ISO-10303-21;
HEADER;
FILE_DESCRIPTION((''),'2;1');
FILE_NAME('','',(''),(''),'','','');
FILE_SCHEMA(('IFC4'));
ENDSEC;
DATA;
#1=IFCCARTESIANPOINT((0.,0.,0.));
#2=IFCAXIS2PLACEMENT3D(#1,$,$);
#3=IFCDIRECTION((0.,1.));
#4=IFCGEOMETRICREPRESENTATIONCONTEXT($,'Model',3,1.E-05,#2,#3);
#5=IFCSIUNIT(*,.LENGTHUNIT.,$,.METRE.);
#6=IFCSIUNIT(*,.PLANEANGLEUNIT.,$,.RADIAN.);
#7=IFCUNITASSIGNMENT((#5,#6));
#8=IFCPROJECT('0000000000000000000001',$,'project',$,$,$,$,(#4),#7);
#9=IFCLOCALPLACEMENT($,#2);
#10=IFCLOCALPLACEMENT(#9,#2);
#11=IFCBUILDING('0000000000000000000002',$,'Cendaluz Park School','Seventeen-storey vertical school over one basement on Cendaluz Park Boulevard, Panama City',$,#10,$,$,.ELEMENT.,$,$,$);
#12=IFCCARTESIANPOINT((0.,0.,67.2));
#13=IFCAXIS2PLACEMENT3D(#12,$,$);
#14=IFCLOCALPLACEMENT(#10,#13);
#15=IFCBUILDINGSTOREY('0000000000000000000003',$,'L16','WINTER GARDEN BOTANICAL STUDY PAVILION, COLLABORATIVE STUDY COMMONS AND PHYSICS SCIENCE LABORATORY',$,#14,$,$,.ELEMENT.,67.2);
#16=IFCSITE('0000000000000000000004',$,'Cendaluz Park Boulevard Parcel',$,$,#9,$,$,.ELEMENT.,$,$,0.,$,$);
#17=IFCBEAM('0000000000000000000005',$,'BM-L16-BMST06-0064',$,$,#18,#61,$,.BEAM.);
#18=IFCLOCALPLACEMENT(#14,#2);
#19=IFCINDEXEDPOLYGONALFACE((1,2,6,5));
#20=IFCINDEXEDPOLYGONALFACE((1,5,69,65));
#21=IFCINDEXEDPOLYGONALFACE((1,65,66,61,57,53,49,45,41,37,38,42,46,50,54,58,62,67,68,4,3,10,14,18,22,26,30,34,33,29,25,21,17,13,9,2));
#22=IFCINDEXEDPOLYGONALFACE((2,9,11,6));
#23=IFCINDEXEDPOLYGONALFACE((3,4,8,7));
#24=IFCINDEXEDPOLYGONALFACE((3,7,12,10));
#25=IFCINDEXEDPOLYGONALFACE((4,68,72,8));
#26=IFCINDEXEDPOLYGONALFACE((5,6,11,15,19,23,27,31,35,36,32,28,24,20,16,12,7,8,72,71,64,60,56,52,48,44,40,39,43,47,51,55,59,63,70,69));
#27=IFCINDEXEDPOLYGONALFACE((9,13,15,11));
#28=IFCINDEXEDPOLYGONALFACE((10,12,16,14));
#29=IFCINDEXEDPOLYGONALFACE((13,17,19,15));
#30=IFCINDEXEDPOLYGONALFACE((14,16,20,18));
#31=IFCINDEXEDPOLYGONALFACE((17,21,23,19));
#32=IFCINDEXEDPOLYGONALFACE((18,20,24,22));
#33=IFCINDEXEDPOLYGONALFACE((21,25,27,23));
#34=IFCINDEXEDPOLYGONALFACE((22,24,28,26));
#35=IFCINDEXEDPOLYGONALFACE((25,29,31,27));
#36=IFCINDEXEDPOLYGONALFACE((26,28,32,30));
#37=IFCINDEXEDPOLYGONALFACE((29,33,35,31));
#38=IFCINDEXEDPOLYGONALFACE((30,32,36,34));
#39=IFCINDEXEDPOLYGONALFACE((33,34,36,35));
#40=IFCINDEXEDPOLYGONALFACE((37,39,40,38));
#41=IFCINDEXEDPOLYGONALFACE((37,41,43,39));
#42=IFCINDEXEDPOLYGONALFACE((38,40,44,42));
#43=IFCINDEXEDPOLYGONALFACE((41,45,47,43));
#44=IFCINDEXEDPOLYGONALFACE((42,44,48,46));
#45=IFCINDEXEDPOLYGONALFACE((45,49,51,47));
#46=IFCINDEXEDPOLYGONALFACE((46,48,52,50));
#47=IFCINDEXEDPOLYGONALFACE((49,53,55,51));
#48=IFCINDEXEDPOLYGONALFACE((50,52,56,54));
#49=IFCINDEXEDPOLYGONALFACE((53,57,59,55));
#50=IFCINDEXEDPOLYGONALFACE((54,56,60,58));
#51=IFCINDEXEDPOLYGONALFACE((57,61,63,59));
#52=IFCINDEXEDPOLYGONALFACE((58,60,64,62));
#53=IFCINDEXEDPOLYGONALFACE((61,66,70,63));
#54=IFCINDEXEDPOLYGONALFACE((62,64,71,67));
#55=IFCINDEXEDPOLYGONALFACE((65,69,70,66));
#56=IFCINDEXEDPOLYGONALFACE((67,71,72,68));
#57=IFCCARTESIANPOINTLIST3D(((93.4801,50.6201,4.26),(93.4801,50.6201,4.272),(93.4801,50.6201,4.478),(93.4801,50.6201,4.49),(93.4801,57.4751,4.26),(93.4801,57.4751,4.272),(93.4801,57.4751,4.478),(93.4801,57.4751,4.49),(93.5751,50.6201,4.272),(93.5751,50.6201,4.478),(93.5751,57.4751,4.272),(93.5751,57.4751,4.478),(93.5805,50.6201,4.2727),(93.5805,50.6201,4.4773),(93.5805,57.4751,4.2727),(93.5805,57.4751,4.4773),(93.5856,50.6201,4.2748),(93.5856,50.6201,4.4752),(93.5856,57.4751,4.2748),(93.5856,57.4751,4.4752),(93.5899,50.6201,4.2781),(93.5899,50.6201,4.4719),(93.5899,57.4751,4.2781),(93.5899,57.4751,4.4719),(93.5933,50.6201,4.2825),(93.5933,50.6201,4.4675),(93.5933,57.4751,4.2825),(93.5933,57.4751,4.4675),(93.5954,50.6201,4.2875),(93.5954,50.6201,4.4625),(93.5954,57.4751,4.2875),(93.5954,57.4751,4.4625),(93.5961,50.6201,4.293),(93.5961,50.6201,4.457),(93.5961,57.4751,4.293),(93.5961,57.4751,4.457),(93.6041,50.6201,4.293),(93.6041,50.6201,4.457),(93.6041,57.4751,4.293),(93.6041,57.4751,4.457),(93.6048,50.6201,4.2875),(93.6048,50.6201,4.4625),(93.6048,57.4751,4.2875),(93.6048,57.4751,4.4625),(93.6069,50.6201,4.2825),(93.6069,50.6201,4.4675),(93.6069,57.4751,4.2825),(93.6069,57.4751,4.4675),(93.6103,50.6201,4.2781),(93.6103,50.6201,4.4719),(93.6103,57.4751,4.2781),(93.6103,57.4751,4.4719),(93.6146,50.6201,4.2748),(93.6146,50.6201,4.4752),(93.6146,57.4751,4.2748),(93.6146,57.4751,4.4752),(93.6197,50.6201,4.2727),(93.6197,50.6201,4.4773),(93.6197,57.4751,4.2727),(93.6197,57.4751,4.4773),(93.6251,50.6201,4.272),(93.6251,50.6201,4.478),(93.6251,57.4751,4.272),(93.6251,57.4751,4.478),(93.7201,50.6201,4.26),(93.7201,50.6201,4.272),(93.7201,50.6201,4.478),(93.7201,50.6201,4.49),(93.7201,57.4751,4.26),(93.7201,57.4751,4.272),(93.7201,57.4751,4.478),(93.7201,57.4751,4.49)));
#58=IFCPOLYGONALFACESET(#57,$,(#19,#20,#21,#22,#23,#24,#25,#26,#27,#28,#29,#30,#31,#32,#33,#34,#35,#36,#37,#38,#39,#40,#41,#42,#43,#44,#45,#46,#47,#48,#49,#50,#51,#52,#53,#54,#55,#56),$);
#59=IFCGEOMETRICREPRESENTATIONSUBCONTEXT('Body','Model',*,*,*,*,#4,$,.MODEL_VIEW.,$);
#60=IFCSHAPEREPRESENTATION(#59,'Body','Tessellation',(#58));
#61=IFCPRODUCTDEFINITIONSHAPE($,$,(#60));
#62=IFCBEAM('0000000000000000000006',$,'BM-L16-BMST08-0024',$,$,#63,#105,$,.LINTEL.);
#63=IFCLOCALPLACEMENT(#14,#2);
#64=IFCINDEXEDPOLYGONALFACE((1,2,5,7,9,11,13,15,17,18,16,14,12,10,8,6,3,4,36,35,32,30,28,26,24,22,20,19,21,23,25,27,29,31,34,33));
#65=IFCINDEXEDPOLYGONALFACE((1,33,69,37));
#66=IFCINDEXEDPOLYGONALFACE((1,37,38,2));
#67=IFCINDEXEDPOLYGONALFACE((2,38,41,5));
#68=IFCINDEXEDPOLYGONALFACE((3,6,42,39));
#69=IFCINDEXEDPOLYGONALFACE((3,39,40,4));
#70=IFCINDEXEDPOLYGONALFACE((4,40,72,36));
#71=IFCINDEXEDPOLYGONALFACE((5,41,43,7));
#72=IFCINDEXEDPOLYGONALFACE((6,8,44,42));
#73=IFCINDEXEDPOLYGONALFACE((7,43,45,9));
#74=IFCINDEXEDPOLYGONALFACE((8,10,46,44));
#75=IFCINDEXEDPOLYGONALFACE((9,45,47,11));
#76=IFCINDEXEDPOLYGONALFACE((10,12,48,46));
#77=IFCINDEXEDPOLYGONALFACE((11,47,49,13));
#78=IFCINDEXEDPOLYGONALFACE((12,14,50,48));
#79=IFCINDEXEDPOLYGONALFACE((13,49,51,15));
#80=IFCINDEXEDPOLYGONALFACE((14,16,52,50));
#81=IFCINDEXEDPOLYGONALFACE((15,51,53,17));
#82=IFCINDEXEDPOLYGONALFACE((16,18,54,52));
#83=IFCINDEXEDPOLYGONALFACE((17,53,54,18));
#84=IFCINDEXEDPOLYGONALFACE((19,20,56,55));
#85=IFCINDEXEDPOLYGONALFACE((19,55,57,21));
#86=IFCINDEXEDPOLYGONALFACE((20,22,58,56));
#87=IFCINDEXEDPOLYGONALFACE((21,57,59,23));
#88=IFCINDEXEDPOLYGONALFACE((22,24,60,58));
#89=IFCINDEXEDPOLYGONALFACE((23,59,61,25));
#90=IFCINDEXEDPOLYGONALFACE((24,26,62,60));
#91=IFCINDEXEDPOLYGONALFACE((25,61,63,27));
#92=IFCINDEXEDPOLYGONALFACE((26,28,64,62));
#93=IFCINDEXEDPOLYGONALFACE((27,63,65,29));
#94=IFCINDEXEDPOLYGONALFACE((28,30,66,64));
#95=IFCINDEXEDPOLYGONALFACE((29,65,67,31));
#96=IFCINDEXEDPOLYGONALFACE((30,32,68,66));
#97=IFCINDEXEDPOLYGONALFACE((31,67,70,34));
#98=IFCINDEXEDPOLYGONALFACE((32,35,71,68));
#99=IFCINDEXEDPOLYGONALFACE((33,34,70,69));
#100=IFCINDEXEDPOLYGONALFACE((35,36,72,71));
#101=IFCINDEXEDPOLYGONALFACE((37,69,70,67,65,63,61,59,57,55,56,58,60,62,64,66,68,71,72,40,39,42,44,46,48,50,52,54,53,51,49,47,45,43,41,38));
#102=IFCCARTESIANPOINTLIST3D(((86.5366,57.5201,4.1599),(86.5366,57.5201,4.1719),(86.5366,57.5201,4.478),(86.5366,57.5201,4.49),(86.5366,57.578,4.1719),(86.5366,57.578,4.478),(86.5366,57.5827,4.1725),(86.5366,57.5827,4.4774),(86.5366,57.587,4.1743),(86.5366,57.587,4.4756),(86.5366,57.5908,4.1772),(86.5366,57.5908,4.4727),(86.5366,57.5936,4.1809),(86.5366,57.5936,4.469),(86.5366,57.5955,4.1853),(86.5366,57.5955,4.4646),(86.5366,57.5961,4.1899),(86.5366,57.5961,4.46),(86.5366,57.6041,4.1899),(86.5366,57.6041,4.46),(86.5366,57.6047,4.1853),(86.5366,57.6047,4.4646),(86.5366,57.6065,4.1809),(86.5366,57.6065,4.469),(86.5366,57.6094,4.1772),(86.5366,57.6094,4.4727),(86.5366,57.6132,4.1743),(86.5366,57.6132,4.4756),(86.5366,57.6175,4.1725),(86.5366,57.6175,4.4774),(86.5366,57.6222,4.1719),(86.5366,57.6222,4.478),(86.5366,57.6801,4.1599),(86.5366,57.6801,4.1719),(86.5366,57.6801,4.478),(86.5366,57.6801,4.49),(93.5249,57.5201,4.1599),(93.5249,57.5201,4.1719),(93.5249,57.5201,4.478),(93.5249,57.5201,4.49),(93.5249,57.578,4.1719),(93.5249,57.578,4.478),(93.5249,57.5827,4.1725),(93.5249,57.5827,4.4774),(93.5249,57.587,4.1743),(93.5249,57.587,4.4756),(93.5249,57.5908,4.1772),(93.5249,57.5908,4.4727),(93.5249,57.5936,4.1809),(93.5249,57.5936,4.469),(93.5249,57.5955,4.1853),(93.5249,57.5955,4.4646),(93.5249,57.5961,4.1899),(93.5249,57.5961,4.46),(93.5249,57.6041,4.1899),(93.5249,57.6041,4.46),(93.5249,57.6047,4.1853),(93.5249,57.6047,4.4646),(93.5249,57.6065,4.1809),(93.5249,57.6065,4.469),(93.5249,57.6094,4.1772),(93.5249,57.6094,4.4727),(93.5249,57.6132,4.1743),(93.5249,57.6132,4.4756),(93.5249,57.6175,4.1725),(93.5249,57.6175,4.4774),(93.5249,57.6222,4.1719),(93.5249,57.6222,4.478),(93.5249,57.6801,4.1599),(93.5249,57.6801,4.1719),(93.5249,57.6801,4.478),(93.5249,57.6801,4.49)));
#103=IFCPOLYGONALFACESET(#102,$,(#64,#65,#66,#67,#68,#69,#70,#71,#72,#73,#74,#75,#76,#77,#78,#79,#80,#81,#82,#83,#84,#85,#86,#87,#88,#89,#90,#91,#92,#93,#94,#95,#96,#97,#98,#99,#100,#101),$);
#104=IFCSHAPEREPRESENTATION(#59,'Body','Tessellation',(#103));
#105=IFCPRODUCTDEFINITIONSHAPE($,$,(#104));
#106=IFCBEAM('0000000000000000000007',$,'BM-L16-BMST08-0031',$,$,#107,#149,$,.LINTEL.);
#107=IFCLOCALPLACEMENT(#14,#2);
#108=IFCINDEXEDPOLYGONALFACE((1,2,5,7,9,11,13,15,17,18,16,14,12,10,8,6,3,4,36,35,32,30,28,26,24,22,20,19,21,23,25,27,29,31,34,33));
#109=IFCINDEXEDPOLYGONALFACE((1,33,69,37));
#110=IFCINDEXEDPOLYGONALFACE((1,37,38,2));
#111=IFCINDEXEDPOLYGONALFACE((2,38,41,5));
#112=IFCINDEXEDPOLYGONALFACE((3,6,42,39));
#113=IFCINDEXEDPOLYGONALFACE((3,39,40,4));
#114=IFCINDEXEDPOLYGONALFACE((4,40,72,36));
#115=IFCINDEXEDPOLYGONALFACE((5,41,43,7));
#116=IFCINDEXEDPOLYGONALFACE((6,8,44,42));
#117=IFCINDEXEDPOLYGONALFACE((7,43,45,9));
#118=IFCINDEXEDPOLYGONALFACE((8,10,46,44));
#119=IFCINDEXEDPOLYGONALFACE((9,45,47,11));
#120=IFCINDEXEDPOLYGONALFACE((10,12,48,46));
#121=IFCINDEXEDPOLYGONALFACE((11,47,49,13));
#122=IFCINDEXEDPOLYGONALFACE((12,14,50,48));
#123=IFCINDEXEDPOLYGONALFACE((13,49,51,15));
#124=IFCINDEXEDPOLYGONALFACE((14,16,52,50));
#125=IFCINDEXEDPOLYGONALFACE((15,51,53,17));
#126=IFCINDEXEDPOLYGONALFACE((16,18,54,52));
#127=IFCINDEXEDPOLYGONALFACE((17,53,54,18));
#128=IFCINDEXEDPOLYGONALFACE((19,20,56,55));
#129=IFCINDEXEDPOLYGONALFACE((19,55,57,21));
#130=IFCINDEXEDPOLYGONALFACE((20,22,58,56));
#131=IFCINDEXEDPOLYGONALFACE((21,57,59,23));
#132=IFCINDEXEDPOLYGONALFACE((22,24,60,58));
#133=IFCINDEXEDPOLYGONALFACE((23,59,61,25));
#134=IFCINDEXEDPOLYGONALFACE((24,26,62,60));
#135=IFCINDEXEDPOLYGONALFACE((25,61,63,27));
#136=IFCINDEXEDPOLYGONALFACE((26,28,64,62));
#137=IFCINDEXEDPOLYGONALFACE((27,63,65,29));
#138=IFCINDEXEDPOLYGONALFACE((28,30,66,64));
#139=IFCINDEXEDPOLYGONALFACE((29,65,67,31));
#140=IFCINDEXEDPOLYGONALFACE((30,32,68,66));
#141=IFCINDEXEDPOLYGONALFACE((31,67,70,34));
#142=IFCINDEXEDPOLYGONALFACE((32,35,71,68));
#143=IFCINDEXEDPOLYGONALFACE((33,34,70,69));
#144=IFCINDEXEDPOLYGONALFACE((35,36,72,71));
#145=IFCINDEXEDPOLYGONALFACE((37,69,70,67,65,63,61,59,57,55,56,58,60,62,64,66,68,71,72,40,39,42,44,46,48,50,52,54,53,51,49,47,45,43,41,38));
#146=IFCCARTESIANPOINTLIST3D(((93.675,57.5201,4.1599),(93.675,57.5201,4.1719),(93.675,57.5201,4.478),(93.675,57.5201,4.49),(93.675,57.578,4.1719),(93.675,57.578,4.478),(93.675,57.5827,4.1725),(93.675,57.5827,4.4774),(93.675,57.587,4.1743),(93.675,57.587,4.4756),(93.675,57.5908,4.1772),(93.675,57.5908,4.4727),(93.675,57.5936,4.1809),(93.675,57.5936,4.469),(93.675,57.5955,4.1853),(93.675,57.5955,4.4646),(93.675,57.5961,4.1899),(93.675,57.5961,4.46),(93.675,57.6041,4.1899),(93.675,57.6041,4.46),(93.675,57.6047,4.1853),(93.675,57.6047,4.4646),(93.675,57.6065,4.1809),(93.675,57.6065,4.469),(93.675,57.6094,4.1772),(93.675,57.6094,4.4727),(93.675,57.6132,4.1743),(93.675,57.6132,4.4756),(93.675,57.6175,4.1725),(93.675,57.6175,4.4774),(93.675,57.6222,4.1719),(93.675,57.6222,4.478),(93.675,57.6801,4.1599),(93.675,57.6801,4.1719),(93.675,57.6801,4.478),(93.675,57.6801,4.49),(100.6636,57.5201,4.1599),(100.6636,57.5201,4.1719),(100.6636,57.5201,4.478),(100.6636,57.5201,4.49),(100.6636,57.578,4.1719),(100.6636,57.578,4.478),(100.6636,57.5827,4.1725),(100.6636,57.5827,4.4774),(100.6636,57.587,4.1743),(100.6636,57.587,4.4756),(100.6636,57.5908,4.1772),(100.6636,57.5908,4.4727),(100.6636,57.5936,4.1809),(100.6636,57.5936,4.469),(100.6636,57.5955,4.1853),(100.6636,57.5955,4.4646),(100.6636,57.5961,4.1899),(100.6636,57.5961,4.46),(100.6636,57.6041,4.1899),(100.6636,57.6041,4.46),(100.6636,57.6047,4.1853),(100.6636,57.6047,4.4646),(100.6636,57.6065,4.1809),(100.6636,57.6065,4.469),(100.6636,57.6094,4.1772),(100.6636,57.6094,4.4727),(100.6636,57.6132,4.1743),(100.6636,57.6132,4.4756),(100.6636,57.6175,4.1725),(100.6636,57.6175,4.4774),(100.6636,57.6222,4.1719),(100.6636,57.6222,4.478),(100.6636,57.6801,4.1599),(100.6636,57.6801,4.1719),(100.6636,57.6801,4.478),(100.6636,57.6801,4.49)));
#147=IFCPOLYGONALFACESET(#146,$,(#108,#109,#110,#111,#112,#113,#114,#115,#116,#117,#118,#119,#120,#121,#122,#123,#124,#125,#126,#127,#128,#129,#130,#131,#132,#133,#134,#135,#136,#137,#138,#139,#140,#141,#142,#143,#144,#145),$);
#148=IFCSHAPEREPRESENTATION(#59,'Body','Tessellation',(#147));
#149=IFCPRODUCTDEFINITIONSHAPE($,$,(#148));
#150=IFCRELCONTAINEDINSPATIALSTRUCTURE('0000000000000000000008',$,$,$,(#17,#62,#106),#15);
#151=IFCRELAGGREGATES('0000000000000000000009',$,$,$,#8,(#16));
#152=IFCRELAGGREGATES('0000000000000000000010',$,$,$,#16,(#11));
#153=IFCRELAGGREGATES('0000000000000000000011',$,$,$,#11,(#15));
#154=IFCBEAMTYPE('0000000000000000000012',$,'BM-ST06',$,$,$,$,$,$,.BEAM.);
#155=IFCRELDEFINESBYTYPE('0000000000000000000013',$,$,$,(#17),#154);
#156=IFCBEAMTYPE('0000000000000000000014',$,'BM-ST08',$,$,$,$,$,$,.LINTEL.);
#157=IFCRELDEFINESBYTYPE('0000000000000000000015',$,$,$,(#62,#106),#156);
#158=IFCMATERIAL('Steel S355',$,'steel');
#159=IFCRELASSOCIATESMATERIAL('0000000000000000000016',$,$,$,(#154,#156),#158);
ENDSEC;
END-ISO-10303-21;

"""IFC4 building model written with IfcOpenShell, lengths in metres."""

from ifc_helpers import new_model, si_unit, direction, frame, origin, origin_2d, place, context, subcontext, project, spatial, i_section, extrude, material, material_profile, profile_set, type_object, element, save


model = new_model("IFC4")

# Units and contexts
model_context = context("Model", 3, precision=1e-05, world=origin(), true_north=direction((0.0, 1.0)))
body_context = subcontext(model_context, "Body", "Model", "MODEL_VIEW")
ifc_project = project(units=[si_unit("LENGTHUNIT", "METRE"), si_unit("PLANEANGLEUNIT", "RADIAN")], contexts=[model_context])

# Site, building, storey
site_placement = place(None, origin())
site = spatial("IfcSite", under=ifc_project, at=site_placement, Name="Cendaluz Park Boulevard Parcel", CompositionType="ELEMENT", RefElevation=0.0)
building_placement = place(site_placement, origin())
building = spatial("IfcBuilding", under=site, at=building_placement, Name="Cendaluz Park School", Description="Seventeen-storey vertical school over one basement on Cendaluz Park Boulevard, Panama City", CompositionType="ELEMENT")
storey_placement = place(building_placement, frame((0.0, 0.0, 67.2)))
storey = spatial("IfcBuildingStorey", under=building, at=storey_placement, Name="L16", Description="WINTER GARDEN BOTANICAL STUDY PAVILION, COLLABORATIVE STUDY COMMONS AND PHYSICS SCIENCE LABORATORY", CompositionType="ELEMENT", Elevation=67.2)

# Shared definitions
ifc_material_1 = material(Name="Steel S355", Category="steel")

# Beams
ifc_material_profile_1 = material_profile(ifc_material_1, i_section(OverallWidth=0.24, OverallDepth=0.23, WebThickness=0.0081, FlangeThickness=0.012, FilletRadius=0.021, at=origin_2d()), Name="HEA 240", Category="steel")
ifc_profile_set_1 = profile_set([ifc_material_profile_1], Name="Steel S355")
beam_type_1 = type_object("IfcBeamType", Name="BM-ST06", PredefinedType="BEAM", material=ifc_profile_set_1)
beam_1_placement = place(storey_placement, frame((93.6001, 50.6201, 4.375), z_axis=(0.0, 1.0, 0.0), x_axis=(-1.0, 0.0, 0.0)))
element("IfcBeam", 1, at=beam_1_placement, inside=storey, type_object=beam_type_1, Name="BM-L16-BMST06-0064", PredefinedType="BEAM", context=body_context, shape_type="SweptSolid", body=[
    extrude(i_section(OverallWidth=0.24, OverallDepth=0.23, WebThickness=0.0081, FlangeThickness=0.012, FilletRadius=0.021, at=origin_2d()), origin(), (0.0, 0.0, 1.0), 6.855),
])
ifc_material_profile_2 = material_profile(ifc_material_1, i_section(OverallWidth=0.1599, OverallDepth=0.3301, WebThickness=0.0081, FlangeThickness=0.012, FilletRadius=0.0181, at=origin_2d()), Name="IPE 330", Category="steel")
ifc_profile_set_2 = profile_set([ifc_material_profile_2], Name="Steel S355")
beam_type_2 = type_object("IfcBeamType", Name="BM-ST08", PredefinedType="LINTEL", material=ifc_profile_set_2)
beam_2_placement = place(storey_placement, frame((86.5366, 57.6001, 4.325), z_axis=(1.0, 0.0, 0.0), x_axis=(0.0, 1.0, 0.0)))
element("IfcBeam", 2, at=beam_2_placement, inside=storey, type_object=beam_type_2, Name="BM-L16-BMST08-0024", PredefinedType="LINTEL", context=body_context, shape_type="SweptSolid", body=[
    extrude(i_section(OverallWidth=0.1599, OverallDepth=0.3301, WebThickness=0.0081, FlangeThickness=0.012, FilletRadius=0.0181, at=origin_2d()), origin(), (0.0, 0.0, 1.0), 6.9883),
])
beam_3_placement = place(storey_placement, frame((93.675, 57.6001, 4.325), z_axis=(1.0, 0.0, 0.0), x_axis=(0.0, 1.0, 0.0)))
element("IfcBeam", 3, at=beam_3_placement, inside=storey, type_object=beam_type_2, Name="BM-L16-BMST08-0031", PredefinedType="LINTEL", context=body_context, shape_type="SweptSolid", body=[
    extrude(i_section(OverallWidth=0.1599, OverallDepth=0.3301, WebThickness=0.0081, FlangeThickness=0.012, FilletRadius=0.0181, at=origin_2d()), origin(), (0.0, 0.0, 1.0), 6.9885),
])

save(model, "model.ifc")
